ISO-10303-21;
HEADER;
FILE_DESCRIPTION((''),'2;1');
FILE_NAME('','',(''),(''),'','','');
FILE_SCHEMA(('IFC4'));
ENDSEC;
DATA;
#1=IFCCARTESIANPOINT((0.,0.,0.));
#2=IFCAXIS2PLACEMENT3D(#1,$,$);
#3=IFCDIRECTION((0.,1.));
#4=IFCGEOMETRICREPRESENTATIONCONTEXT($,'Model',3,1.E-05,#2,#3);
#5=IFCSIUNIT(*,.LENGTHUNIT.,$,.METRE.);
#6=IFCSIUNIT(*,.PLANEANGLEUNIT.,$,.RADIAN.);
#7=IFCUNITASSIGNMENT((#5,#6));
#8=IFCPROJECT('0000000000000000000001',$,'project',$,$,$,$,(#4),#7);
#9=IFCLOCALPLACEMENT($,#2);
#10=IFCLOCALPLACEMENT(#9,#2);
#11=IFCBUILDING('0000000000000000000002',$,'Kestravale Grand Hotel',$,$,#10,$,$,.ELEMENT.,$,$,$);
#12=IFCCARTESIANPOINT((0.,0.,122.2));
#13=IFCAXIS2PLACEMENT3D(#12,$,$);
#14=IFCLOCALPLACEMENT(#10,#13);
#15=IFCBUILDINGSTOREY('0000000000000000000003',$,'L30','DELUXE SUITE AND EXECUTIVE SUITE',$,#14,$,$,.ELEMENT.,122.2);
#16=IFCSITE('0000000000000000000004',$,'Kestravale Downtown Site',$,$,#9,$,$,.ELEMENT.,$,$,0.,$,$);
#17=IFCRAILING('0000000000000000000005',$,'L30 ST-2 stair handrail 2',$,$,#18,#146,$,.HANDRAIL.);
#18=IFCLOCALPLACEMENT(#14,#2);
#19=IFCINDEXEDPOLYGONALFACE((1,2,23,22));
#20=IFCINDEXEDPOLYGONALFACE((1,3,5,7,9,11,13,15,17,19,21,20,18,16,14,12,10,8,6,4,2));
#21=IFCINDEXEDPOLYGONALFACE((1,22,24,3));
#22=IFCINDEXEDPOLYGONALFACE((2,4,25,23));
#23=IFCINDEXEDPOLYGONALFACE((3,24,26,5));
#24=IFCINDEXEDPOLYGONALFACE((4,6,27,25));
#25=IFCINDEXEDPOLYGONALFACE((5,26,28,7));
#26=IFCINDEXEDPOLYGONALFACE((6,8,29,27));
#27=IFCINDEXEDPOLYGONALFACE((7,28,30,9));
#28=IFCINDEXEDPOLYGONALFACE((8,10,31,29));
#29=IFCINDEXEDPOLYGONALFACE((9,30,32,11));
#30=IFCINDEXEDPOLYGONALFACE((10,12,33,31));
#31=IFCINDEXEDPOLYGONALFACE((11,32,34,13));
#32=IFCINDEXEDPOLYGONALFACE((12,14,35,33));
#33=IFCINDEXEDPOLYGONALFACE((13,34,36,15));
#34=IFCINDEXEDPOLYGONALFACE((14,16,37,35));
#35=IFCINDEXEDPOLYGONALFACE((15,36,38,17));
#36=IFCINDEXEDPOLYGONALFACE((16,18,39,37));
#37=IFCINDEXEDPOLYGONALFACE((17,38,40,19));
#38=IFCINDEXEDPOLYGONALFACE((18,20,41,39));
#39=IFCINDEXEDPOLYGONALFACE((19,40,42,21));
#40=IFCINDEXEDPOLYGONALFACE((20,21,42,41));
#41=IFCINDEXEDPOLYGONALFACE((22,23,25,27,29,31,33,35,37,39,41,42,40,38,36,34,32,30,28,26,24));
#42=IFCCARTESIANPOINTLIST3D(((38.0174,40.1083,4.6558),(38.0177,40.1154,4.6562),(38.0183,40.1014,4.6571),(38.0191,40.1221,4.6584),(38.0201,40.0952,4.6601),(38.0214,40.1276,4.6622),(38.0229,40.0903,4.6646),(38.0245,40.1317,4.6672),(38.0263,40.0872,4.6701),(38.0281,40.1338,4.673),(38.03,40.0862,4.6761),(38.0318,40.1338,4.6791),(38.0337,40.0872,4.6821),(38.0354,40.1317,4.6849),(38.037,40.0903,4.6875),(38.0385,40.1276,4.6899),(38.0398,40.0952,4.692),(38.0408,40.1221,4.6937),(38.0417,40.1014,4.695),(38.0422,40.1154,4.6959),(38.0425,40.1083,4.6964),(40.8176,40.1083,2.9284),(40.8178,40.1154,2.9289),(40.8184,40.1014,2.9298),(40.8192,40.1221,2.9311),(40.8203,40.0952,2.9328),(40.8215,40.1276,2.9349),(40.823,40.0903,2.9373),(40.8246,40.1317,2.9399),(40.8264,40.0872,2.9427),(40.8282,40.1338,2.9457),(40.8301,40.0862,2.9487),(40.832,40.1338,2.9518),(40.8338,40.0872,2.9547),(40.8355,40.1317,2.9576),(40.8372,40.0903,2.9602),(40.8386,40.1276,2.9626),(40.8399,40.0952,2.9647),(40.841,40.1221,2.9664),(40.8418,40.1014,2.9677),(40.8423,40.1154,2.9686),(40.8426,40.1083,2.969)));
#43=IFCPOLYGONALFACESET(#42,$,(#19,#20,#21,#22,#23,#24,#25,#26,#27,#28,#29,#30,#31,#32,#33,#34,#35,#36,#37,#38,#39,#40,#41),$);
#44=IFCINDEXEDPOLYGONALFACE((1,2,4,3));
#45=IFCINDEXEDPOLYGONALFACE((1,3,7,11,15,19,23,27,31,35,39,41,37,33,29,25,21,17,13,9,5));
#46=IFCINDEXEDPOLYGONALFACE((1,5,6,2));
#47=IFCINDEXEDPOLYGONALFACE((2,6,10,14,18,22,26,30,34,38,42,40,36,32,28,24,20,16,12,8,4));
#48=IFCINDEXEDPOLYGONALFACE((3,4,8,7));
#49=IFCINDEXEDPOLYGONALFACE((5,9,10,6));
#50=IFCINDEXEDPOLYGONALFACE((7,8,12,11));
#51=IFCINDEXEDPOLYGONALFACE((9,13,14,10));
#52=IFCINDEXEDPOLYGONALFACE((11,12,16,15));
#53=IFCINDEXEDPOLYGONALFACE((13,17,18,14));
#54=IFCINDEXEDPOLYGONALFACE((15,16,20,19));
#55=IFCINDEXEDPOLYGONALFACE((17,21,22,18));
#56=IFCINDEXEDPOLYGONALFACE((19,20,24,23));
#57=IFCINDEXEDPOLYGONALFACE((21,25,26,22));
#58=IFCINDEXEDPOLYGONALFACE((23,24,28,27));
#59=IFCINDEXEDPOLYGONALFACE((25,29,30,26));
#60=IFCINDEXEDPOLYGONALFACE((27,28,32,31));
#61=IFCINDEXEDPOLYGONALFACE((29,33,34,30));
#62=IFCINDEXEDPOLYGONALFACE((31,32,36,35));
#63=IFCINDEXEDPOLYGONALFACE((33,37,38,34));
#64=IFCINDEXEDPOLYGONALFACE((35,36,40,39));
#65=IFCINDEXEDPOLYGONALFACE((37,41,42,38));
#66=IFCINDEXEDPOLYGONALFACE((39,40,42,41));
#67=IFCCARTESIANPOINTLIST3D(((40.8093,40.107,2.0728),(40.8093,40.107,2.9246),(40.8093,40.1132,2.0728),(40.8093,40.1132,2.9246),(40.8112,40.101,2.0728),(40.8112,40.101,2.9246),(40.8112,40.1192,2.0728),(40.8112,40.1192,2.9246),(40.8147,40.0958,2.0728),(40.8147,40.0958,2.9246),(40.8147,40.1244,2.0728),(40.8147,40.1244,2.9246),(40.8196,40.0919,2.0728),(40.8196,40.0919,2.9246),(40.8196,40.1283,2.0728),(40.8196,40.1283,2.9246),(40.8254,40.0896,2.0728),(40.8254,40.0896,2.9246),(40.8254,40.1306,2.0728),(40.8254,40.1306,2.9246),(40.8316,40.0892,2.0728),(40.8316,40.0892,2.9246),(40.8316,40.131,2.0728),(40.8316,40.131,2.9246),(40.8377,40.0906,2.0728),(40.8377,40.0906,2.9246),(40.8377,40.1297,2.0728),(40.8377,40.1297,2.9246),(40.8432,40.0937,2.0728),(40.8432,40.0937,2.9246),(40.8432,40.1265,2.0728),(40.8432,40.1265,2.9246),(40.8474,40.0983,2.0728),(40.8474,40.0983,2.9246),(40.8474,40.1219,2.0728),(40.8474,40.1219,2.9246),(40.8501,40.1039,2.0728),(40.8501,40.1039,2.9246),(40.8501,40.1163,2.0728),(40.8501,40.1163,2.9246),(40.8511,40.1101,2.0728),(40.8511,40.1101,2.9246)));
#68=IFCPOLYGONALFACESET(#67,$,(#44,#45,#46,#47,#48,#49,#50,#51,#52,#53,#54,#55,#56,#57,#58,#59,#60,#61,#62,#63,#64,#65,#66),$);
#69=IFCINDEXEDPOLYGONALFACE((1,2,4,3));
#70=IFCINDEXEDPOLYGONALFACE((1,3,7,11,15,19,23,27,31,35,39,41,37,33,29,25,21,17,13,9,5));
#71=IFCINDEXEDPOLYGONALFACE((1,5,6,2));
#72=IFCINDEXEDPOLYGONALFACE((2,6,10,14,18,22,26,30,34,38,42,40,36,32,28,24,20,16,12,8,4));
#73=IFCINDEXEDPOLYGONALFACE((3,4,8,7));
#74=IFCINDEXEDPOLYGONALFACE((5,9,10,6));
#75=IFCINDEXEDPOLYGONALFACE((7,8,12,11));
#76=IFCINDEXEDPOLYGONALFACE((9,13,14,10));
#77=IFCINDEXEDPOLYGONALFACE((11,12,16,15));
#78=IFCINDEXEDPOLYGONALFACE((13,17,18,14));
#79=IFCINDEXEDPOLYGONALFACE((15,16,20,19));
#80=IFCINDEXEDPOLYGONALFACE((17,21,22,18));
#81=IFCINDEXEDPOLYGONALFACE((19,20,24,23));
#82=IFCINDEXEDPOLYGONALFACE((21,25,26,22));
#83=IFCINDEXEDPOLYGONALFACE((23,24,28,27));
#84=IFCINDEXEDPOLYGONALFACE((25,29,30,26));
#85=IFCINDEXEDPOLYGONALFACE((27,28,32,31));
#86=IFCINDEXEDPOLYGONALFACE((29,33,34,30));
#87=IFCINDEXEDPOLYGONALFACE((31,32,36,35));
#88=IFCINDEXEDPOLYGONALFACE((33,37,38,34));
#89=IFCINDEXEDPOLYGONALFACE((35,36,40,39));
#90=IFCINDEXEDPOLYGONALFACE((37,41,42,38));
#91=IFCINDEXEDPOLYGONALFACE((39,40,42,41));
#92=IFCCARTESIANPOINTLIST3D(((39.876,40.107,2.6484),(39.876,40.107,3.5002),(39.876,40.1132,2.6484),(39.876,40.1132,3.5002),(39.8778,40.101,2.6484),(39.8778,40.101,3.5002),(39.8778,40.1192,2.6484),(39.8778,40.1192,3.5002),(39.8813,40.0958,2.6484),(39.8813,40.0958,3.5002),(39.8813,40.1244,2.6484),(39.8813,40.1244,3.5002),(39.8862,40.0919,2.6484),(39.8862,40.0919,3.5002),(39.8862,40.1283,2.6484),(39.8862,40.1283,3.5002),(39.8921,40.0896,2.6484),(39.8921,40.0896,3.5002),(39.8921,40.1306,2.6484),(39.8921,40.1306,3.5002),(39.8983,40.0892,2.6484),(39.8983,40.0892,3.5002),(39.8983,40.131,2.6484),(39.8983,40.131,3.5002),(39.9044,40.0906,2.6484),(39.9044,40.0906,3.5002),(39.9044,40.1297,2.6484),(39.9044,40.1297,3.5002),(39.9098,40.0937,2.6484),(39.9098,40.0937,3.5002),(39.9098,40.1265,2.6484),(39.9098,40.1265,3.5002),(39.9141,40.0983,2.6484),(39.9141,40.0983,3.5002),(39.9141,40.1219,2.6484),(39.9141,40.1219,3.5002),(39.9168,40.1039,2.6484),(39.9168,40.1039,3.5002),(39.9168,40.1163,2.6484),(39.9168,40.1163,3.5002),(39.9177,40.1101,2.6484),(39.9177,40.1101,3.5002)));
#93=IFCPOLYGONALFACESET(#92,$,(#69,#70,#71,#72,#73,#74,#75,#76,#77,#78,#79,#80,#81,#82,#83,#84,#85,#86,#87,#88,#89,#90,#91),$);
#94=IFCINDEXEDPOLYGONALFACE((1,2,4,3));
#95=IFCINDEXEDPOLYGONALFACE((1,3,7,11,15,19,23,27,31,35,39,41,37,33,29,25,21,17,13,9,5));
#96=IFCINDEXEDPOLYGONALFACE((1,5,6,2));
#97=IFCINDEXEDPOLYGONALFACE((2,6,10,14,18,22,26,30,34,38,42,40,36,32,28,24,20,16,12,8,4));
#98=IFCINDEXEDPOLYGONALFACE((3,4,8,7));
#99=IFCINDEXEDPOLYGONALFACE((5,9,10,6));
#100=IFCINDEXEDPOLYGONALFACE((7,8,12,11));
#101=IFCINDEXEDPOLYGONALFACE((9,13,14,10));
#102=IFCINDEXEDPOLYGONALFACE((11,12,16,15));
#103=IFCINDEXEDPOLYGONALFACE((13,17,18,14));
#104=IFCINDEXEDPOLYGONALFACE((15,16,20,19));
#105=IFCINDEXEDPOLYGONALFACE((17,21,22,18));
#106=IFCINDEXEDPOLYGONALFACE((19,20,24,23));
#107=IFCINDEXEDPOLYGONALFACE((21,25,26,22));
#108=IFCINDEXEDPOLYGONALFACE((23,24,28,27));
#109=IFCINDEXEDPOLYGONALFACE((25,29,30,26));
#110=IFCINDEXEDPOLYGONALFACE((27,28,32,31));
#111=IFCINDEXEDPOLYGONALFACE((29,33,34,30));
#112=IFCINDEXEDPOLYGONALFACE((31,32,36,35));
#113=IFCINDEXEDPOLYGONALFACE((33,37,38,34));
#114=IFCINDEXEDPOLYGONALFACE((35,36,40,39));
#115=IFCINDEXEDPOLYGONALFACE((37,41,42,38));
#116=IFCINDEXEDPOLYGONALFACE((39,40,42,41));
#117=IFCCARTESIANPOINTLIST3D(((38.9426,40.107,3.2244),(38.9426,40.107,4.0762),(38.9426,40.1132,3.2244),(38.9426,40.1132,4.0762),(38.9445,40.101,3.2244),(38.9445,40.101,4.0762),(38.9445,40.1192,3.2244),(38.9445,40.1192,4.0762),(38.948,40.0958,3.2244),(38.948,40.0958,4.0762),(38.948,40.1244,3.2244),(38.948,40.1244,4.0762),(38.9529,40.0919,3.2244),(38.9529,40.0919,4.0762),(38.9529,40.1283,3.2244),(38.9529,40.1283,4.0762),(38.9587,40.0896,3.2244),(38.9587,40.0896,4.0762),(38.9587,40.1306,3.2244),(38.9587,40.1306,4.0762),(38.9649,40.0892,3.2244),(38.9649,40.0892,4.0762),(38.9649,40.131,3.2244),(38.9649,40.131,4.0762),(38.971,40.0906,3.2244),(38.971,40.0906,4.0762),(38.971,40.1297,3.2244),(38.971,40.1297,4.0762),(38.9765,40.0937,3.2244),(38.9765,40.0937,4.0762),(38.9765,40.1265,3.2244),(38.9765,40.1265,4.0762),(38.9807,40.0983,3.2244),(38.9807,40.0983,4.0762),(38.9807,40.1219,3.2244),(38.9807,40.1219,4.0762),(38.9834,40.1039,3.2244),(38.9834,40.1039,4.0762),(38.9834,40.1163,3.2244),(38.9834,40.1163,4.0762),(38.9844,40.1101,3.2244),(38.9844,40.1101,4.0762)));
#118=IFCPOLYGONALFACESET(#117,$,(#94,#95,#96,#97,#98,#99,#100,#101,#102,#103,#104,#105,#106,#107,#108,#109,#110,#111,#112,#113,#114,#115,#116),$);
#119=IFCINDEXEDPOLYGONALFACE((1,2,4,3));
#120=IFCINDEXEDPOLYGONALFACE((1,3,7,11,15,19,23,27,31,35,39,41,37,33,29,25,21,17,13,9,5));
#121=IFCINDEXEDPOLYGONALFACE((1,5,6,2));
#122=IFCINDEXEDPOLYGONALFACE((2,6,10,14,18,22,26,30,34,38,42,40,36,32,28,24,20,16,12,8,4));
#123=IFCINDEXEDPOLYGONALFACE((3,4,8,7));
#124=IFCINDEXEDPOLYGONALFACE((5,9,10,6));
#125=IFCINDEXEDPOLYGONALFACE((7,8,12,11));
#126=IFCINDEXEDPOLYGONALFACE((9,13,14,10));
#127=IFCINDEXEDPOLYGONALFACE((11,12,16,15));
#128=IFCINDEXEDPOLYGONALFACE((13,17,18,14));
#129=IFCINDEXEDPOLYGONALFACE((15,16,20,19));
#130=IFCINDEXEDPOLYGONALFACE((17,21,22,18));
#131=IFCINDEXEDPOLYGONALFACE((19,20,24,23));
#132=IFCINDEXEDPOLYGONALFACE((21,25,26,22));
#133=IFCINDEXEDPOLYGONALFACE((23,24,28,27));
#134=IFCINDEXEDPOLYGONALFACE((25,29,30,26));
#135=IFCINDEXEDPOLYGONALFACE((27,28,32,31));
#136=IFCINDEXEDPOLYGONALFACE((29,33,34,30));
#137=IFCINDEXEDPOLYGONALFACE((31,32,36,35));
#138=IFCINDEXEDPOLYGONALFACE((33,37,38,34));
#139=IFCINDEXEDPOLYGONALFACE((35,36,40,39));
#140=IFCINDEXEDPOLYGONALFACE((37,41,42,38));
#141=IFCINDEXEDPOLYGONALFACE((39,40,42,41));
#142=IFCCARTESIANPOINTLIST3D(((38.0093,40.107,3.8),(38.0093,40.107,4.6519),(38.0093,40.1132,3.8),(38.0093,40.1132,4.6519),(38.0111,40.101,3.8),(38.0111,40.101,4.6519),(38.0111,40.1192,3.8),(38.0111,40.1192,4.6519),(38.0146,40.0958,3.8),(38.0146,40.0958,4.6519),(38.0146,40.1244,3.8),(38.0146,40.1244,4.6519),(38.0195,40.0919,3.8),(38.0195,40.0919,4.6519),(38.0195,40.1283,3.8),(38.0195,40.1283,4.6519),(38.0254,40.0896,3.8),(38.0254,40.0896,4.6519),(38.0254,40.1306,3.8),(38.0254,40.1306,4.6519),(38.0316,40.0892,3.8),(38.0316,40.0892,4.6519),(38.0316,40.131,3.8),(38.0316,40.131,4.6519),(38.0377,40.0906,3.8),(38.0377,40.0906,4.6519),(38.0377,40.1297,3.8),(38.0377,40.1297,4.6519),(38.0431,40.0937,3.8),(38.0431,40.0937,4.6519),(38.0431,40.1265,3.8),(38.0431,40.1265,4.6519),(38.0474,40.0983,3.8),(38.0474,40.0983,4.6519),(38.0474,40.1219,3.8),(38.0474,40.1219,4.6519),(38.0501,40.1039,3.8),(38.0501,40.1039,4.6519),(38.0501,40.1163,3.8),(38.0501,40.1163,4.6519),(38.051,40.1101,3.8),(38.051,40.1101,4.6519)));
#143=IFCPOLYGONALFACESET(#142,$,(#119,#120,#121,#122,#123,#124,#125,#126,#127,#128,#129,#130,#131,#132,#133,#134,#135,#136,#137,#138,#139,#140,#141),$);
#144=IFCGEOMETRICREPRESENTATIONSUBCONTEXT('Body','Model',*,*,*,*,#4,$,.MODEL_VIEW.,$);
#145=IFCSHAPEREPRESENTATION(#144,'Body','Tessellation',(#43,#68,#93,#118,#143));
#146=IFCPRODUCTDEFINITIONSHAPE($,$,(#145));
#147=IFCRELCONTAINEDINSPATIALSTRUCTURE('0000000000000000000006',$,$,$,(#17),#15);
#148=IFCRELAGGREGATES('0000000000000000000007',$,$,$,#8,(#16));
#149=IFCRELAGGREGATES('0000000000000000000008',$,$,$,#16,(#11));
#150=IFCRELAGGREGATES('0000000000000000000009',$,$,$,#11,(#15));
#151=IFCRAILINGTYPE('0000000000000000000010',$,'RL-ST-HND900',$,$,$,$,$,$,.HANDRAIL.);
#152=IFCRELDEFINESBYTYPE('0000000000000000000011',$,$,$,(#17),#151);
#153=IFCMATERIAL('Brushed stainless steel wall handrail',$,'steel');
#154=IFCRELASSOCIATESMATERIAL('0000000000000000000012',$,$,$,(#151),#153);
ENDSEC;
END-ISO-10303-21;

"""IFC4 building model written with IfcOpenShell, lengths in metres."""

from ifc_helpers import new_model, si_unit, direction, frame, origin, origin_2d, place, context, subcontext, project, spatial, circle, extrude, material, type_object, element, save


model = new_model("IFC4")

# Units and contexts
model_context = context("Model", 3, precision=1e-05, world=origin(), true_north=direction((0.0, 1.0)))
body_context = subcontext(model_context, "Body", "Model", "MODEL_VIEW")
ifc_project = project(units=[si_unit("LENGTHUNIT", "METRE"), si_unit("PLANEANGLEUNIT", "RADIAN")], contexts=[model_context])

# Site, building, storey
site_placement = place(None, origin())
site = spatial("IfcSite", under=ifc_project, at=site_placement, Name="Kestravale Downtown Site", CompositionType="ELEMENT", RefElevation=0.0)
building_placement = place(site_placement, origin())
building = spatial("IfcBuilding", under=site, at=building_placement, Name="Kestravale Grand Hotel", CompositionType="ELEMENT")
storey_placement = place(building_placement, frame((0.0, 0.0, 122.2)))
storey = spatial("IfcBuildingStorey", under=building, at=storey_placement, Name="L30", Description="DELUXE SUITE AND EXECUTIVE SUITE", CompositionType="ELEMENT", Elevation=122.2)

# Railing
ifc_material_1 = material(Name="Brushed stainless steel wall handrail", Category="steel")
railing_type_1 = type_object("IfcRailingType", Name="RL-ST-HND900", PredefinedType="HANDRAIL", material=ifc_material_1)
railing_1_placement = place(storey_placement, frame((40.8301, 40.1101, 2.0728)))
element("IfcRailing", 1, at=railing_1_placement, inside=storey, type_object=railing_type_1, Name="L30 ST-2 stair handrail 2", PredefinedType="HANDRAIL", context=body_context, shape_type="SweptSolid", body=[
    extrude(circle(Radius=0.0239, at=origin_2d()), frame((0.0, 0.0, 0.876), z_axis=(-0.85109, 0.0, 0.52502), x_axis=(0.0, -1.0, 0.0)), (0.0, 0.0, 1.0), 3.29),
    extrude(circle(Radius=0.021, at=origin_2d()), origin(), (0.0, 0.0, 1.0), 0.8518),
    extrude(circle(Radius=0.021, at=origin_2d()), frame((-0.9333, 0.0, 0.5757)), (0.0, 0.0, 1.0), 0.8518),
    extrude(circle(Radius=0.021, at=origin_2d()), frame((-1.8667, 0.0, 1.1516)), (0.0, 0.0, 1.0), 0.8518),
    extrude(circle(Radius=0.021, at=origin_2d()), frame((-2.8, 0.0, 1.7273)), (0.0, 0.0, 1.0), 0.8518),
])

save(model, "model.ifc")
